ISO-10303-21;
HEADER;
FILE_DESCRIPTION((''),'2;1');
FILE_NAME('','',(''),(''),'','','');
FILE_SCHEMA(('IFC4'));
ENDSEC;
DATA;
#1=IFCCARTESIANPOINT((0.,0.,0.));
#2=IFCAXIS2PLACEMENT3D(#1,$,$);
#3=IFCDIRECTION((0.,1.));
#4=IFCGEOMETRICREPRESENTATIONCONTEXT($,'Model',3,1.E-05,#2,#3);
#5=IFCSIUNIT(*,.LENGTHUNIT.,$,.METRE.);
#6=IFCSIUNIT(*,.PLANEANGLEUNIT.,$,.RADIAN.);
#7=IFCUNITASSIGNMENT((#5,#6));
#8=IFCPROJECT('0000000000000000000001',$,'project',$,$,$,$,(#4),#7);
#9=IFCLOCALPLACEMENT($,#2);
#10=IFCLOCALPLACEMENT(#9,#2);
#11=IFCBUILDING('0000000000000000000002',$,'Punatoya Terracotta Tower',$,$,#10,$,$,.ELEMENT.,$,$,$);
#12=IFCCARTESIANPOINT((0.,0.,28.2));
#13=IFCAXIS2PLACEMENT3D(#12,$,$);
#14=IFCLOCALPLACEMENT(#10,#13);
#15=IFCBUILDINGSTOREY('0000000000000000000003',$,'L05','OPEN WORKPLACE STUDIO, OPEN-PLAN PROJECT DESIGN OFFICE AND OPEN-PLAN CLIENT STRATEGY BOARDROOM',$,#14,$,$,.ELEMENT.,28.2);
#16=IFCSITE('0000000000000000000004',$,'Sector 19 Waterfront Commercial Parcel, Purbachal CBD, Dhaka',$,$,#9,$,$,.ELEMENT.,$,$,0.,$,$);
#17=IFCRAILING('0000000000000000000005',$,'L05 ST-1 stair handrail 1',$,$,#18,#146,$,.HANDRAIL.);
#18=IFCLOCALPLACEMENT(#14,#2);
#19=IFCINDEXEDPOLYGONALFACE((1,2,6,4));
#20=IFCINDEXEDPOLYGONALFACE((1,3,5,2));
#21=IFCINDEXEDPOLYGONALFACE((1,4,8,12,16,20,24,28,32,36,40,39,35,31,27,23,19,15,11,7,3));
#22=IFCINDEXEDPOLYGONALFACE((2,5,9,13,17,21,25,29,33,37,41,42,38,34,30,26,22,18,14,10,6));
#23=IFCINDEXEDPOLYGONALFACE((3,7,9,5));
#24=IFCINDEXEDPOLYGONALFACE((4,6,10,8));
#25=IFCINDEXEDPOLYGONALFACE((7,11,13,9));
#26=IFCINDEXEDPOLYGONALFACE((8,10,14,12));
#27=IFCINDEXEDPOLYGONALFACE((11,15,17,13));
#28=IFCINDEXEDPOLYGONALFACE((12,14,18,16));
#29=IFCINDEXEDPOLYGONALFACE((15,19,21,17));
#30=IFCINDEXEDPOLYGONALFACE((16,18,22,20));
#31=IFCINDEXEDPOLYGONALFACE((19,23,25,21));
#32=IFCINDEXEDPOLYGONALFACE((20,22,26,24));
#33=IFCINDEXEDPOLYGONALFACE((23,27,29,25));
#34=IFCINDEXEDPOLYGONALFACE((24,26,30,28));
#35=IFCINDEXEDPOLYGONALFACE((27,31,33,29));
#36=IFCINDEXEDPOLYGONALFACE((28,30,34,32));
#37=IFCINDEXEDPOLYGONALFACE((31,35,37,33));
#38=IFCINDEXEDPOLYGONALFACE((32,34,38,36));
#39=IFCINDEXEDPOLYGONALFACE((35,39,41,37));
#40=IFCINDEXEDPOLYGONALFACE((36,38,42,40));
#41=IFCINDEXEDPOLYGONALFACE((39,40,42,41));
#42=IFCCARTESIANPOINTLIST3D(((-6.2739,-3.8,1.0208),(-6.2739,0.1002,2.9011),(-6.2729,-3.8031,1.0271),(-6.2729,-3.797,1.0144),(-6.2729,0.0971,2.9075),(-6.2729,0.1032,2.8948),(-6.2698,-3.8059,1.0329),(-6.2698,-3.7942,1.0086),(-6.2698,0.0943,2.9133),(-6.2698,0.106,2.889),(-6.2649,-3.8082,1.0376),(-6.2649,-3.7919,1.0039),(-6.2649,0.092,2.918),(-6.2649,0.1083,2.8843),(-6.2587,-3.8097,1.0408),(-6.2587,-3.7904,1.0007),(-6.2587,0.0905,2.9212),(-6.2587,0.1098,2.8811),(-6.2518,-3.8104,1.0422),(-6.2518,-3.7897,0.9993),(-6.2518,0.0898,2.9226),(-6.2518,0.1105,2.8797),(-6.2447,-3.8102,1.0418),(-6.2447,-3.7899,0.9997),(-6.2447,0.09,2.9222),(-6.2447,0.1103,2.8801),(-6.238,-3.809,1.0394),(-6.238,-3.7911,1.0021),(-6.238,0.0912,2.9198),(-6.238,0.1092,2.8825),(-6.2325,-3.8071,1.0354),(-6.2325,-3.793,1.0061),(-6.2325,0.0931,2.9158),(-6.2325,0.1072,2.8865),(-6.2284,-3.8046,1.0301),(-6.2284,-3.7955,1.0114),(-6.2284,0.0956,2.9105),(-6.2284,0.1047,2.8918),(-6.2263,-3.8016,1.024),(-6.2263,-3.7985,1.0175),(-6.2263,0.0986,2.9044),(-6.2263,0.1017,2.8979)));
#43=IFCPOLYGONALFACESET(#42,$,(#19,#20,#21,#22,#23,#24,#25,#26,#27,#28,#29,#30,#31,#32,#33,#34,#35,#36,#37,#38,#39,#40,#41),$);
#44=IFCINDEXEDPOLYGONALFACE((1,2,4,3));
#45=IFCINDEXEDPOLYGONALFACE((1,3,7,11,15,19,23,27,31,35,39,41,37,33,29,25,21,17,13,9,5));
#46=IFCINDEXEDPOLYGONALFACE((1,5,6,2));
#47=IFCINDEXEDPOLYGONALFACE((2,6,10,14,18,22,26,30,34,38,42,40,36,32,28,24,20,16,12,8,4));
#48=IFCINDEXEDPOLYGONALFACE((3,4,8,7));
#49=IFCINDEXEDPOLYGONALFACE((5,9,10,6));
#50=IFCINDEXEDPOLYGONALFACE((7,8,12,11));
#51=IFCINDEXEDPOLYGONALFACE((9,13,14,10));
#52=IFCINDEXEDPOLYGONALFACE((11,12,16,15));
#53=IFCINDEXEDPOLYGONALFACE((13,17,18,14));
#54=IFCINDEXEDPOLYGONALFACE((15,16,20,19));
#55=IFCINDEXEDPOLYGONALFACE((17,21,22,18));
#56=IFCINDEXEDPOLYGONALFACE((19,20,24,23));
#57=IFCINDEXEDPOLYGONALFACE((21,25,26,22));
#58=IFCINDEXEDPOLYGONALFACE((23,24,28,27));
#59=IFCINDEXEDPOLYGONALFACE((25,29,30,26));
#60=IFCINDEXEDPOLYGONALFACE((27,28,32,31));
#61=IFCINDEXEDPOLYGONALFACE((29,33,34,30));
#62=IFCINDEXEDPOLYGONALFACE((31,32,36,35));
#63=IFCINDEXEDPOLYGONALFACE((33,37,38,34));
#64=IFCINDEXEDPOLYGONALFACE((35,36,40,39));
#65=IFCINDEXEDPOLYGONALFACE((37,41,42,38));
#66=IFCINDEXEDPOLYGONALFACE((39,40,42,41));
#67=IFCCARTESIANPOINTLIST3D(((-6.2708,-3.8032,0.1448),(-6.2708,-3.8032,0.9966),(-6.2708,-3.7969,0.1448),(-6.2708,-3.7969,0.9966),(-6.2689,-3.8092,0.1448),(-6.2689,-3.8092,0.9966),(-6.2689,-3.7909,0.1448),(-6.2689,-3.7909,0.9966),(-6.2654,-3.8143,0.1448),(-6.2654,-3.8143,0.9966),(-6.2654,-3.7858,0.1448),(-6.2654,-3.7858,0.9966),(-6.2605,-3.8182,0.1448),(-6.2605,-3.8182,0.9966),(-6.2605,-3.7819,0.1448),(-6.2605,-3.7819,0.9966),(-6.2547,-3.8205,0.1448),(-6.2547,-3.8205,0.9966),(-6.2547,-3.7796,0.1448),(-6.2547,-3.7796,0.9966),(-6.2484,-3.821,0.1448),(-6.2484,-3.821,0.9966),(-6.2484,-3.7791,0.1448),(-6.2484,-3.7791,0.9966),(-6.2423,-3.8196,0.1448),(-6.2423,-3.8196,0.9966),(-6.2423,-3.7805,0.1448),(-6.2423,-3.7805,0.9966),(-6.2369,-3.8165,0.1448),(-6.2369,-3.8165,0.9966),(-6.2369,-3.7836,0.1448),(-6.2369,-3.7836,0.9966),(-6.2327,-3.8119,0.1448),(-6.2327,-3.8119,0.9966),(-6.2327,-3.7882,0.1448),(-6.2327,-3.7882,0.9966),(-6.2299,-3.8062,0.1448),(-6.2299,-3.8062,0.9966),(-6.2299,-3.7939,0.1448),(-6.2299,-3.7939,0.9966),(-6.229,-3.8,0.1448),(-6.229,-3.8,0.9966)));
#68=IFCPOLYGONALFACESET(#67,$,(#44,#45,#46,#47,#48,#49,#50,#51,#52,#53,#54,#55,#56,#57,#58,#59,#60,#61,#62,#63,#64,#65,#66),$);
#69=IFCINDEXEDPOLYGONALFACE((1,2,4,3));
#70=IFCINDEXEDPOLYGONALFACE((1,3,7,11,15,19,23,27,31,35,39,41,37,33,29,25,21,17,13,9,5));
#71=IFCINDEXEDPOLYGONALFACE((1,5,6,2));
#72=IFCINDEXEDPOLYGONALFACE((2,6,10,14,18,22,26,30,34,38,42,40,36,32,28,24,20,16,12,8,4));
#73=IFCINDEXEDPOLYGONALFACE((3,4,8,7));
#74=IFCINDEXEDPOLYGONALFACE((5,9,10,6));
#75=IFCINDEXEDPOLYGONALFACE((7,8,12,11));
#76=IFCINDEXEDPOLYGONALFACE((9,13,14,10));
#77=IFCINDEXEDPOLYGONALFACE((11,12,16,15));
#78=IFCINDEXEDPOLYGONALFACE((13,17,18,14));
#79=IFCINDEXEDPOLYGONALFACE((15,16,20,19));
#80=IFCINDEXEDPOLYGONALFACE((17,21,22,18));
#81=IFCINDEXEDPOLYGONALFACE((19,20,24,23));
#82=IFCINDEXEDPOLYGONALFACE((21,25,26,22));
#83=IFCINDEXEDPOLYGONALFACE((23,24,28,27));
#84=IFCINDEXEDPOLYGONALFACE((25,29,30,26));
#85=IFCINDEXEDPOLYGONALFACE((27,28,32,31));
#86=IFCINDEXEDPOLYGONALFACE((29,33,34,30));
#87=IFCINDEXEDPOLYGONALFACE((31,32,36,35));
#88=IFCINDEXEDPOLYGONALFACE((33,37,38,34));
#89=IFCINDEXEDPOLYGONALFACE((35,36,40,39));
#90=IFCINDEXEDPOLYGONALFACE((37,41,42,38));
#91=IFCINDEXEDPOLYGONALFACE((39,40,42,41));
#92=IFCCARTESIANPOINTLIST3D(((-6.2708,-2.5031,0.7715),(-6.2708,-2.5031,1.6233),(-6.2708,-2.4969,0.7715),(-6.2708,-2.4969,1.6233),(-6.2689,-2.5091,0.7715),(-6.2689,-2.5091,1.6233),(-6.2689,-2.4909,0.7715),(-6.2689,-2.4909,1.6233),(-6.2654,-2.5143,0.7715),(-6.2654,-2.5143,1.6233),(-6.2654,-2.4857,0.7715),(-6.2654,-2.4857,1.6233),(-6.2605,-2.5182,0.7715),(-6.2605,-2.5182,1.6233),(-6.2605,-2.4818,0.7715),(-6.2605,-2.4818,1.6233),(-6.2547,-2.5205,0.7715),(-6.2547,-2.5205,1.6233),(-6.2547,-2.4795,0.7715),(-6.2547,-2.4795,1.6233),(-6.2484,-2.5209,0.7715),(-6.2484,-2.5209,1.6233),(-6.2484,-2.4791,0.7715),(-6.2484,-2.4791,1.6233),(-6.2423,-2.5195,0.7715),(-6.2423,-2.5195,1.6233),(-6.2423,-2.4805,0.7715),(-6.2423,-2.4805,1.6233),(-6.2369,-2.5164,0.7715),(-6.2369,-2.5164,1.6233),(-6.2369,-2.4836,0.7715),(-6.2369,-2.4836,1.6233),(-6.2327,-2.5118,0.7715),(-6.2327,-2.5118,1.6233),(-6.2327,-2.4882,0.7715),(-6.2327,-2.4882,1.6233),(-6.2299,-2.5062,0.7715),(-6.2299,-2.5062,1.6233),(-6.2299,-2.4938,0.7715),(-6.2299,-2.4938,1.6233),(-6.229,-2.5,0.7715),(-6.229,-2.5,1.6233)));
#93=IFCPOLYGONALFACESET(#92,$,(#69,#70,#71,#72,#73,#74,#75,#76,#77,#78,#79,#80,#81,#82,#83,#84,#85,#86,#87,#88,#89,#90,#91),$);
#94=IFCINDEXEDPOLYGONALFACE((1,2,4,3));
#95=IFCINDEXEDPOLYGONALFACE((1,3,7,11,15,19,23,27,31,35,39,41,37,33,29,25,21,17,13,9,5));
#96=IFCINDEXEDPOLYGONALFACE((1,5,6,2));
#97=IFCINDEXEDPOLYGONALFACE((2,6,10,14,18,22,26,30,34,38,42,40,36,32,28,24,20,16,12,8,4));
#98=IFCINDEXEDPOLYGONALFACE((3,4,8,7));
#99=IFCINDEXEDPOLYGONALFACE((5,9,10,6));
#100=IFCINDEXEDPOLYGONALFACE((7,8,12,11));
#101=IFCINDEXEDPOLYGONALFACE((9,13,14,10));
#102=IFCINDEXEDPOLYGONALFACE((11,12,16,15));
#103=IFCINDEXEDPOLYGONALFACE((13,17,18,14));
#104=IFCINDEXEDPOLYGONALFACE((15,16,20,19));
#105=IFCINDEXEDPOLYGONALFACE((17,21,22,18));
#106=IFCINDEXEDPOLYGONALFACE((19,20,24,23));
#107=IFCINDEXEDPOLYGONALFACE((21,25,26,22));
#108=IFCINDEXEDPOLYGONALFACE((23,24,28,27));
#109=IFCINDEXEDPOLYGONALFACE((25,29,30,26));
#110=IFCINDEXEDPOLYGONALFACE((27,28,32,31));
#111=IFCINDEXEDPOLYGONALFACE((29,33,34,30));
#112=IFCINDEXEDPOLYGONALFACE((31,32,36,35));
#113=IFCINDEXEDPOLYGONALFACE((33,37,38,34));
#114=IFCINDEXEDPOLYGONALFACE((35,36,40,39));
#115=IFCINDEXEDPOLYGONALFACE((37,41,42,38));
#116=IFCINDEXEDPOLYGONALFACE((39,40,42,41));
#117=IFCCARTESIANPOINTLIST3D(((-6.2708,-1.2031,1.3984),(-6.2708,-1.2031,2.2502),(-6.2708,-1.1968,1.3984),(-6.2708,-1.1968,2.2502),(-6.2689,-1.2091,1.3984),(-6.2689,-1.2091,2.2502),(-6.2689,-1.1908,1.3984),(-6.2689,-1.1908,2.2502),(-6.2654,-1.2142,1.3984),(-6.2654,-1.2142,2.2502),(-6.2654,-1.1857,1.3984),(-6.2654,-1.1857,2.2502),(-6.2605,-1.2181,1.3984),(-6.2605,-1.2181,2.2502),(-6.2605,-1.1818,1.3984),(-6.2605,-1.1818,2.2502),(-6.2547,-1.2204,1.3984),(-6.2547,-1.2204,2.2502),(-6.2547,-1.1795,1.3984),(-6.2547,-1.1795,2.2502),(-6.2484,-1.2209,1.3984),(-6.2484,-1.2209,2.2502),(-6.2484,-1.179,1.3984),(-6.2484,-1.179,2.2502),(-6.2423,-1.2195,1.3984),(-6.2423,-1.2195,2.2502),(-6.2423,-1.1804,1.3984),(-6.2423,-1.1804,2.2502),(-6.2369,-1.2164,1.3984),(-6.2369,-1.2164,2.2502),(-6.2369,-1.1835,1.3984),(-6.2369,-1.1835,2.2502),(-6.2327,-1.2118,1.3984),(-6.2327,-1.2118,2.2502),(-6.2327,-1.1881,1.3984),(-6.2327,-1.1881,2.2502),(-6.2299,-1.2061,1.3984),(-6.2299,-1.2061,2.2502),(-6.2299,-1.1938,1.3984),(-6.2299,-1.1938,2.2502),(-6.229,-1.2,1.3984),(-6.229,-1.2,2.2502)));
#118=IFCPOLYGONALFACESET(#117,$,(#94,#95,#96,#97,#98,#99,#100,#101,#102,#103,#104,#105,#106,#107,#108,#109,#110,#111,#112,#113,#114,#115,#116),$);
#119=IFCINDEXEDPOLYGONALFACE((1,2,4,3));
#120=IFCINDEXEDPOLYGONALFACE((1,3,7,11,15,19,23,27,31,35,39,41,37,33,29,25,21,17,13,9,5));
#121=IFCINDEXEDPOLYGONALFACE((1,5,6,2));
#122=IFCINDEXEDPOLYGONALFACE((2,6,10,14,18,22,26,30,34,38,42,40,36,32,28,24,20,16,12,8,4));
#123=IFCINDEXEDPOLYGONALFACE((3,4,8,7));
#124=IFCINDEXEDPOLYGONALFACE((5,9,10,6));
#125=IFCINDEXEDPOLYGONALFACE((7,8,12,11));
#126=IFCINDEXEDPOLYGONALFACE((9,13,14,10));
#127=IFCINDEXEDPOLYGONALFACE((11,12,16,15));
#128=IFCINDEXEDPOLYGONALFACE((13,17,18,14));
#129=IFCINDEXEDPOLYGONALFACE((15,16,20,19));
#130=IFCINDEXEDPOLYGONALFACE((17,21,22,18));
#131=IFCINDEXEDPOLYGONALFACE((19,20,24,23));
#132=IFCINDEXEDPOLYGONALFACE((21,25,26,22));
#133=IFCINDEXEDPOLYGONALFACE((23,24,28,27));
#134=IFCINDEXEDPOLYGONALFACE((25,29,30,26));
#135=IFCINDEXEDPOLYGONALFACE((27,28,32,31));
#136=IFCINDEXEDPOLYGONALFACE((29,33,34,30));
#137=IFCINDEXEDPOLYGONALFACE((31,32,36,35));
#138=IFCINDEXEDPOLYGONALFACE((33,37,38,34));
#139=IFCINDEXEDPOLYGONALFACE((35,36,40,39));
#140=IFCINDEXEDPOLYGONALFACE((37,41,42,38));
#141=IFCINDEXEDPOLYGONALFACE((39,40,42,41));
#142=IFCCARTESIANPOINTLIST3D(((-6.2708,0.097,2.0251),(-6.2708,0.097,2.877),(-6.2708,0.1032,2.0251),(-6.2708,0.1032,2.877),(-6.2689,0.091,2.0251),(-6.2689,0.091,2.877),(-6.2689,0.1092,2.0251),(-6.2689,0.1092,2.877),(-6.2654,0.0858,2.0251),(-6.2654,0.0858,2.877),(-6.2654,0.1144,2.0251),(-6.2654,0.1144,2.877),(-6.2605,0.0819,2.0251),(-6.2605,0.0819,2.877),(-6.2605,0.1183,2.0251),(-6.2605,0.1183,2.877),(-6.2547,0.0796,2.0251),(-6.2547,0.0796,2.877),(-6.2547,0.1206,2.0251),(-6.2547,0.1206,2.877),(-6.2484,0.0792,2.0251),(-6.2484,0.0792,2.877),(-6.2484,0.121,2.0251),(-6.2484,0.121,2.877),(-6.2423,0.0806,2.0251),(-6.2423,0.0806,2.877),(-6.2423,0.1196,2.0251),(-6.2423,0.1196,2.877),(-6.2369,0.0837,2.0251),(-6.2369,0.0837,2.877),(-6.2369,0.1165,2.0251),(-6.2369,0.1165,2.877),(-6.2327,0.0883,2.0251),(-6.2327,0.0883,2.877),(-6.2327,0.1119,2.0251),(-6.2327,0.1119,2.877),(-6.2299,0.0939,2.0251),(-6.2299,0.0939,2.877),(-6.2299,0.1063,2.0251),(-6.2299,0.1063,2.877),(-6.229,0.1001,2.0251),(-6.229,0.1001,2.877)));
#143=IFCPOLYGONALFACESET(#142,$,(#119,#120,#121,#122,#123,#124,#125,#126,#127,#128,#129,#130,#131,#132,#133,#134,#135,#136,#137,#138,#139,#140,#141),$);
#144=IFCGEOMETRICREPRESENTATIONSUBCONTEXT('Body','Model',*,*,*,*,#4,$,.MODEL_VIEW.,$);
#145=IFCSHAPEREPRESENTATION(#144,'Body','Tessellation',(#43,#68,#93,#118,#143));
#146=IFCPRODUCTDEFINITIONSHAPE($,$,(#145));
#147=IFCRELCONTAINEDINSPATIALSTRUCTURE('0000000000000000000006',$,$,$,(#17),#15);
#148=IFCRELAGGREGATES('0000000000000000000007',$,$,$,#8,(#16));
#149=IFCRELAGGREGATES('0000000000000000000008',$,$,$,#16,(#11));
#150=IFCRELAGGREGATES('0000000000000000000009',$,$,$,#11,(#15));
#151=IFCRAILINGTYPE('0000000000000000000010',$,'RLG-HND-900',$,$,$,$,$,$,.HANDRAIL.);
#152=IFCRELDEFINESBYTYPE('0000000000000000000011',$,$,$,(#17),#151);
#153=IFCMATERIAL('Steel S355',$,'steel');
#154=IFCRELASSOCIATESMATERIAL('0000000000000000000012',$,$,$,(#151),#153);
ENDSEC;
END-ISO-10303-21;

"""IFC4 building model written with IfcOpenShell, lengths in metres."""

from ifc_helpers import new_model, si_unit, direction, frame, origin, origin_2d, place, context, subcontext, project, spatial, circle, extrude, material, type_object, element, save


model = new_model("IFC4")

# Units and contexts
model_context = context("Model", 3, precision=1e-05, world=origin(), true_north=direction((0.0, 1.0)))
body_context = subcontext(model_context, "Body", "Model", "MODEL_VIEW")
ifc_project = project(units=[si_unit("LENGTHUNIT", "METRE"), si_unit("PLANEANGLEUNIT", "RADIAN")], contexts=[model_context])

# Site, building, storey
site_placement = place(None, origin())
site = spatial("IfcSite", under=ifc_project, at=site_placement, Name="Sector 19 Waterfront Commercial Parcel, Purbachal CBD, Dhaka", CompositionType="ELEMENT", RefElevation=0.0)
building_placement = place(site_placement, origin())
building = spatial("IfcBuilding", under=site, at=building_placement, Name="Punatoya Terracotta Tower", CompositionType="ELEMENT")
storey_placement = place(building_placement, frame((0.0, 0.0, 28.2)))
storey = spatial("IfcBuildingStorey", under=building, at=storey_placement, Name="L05", Description="OPEN WORKPLACE STUDIO, OPEN-PLAN PROJECT DESIGN OFFICE AND OPEN-PLAN CLIENT STRATEGY BOARDROOM", CompositionType="ELEMENT", Elevation=28.2)

# Shared definitions
ifc_material_1 = material(Name="Steel S355", Category="steel")

# Railing
railing_type_1 = type_object("IfcRailingType", Name="RLG-HND-900", PredefinedType="HANDRAIL", material=ifc_material_1)
railing_1_placement = place(storey_placement, frame((-6.25, -3.8, 0.1448)))
element("IfcRailing", 1, at=railing_1_placement, inside=storey, type_object=railing_type_1, Name="L05 ST-1 stair handrail 1", PredefinedType="HANDRAIL", context=body_context, shape_type="SweptSolid", body=[
    extrude(circle(Radius=0.0239, at=origin_2d()), frame((0.0, 0.0, 0.876), z_axis=(0.0, 0.900774, 0.434289), x_axis=(-1.0, 0.0, 0.0)), (0.0, 0.0, 1.0), 4.3298),
    extrude(circle(Radius=0.021, at=origin_2d()), origin(), (0.0, 0.0, 1.0), 0.8518),
    extrude(circle(Radius=0.021, at=origin_2d()), frame((0.0, 1.3, 0.6267)), (0.0, 0.0, 1.0), 0.8518),
    extrude(circle(Radius=0.021, at=origin_2d()), frame((0.0, 2.6001, 1.2537)), (0.0, 0.0, 1.0), 0.8518),
    extrude(circle(Radius=0.021, at=origin_2d()), frame((0.0, 3.9001, 1.8804)), (0.0, 0.0, 1.0), 0.8518),
])

save(model, "model.ifc")
